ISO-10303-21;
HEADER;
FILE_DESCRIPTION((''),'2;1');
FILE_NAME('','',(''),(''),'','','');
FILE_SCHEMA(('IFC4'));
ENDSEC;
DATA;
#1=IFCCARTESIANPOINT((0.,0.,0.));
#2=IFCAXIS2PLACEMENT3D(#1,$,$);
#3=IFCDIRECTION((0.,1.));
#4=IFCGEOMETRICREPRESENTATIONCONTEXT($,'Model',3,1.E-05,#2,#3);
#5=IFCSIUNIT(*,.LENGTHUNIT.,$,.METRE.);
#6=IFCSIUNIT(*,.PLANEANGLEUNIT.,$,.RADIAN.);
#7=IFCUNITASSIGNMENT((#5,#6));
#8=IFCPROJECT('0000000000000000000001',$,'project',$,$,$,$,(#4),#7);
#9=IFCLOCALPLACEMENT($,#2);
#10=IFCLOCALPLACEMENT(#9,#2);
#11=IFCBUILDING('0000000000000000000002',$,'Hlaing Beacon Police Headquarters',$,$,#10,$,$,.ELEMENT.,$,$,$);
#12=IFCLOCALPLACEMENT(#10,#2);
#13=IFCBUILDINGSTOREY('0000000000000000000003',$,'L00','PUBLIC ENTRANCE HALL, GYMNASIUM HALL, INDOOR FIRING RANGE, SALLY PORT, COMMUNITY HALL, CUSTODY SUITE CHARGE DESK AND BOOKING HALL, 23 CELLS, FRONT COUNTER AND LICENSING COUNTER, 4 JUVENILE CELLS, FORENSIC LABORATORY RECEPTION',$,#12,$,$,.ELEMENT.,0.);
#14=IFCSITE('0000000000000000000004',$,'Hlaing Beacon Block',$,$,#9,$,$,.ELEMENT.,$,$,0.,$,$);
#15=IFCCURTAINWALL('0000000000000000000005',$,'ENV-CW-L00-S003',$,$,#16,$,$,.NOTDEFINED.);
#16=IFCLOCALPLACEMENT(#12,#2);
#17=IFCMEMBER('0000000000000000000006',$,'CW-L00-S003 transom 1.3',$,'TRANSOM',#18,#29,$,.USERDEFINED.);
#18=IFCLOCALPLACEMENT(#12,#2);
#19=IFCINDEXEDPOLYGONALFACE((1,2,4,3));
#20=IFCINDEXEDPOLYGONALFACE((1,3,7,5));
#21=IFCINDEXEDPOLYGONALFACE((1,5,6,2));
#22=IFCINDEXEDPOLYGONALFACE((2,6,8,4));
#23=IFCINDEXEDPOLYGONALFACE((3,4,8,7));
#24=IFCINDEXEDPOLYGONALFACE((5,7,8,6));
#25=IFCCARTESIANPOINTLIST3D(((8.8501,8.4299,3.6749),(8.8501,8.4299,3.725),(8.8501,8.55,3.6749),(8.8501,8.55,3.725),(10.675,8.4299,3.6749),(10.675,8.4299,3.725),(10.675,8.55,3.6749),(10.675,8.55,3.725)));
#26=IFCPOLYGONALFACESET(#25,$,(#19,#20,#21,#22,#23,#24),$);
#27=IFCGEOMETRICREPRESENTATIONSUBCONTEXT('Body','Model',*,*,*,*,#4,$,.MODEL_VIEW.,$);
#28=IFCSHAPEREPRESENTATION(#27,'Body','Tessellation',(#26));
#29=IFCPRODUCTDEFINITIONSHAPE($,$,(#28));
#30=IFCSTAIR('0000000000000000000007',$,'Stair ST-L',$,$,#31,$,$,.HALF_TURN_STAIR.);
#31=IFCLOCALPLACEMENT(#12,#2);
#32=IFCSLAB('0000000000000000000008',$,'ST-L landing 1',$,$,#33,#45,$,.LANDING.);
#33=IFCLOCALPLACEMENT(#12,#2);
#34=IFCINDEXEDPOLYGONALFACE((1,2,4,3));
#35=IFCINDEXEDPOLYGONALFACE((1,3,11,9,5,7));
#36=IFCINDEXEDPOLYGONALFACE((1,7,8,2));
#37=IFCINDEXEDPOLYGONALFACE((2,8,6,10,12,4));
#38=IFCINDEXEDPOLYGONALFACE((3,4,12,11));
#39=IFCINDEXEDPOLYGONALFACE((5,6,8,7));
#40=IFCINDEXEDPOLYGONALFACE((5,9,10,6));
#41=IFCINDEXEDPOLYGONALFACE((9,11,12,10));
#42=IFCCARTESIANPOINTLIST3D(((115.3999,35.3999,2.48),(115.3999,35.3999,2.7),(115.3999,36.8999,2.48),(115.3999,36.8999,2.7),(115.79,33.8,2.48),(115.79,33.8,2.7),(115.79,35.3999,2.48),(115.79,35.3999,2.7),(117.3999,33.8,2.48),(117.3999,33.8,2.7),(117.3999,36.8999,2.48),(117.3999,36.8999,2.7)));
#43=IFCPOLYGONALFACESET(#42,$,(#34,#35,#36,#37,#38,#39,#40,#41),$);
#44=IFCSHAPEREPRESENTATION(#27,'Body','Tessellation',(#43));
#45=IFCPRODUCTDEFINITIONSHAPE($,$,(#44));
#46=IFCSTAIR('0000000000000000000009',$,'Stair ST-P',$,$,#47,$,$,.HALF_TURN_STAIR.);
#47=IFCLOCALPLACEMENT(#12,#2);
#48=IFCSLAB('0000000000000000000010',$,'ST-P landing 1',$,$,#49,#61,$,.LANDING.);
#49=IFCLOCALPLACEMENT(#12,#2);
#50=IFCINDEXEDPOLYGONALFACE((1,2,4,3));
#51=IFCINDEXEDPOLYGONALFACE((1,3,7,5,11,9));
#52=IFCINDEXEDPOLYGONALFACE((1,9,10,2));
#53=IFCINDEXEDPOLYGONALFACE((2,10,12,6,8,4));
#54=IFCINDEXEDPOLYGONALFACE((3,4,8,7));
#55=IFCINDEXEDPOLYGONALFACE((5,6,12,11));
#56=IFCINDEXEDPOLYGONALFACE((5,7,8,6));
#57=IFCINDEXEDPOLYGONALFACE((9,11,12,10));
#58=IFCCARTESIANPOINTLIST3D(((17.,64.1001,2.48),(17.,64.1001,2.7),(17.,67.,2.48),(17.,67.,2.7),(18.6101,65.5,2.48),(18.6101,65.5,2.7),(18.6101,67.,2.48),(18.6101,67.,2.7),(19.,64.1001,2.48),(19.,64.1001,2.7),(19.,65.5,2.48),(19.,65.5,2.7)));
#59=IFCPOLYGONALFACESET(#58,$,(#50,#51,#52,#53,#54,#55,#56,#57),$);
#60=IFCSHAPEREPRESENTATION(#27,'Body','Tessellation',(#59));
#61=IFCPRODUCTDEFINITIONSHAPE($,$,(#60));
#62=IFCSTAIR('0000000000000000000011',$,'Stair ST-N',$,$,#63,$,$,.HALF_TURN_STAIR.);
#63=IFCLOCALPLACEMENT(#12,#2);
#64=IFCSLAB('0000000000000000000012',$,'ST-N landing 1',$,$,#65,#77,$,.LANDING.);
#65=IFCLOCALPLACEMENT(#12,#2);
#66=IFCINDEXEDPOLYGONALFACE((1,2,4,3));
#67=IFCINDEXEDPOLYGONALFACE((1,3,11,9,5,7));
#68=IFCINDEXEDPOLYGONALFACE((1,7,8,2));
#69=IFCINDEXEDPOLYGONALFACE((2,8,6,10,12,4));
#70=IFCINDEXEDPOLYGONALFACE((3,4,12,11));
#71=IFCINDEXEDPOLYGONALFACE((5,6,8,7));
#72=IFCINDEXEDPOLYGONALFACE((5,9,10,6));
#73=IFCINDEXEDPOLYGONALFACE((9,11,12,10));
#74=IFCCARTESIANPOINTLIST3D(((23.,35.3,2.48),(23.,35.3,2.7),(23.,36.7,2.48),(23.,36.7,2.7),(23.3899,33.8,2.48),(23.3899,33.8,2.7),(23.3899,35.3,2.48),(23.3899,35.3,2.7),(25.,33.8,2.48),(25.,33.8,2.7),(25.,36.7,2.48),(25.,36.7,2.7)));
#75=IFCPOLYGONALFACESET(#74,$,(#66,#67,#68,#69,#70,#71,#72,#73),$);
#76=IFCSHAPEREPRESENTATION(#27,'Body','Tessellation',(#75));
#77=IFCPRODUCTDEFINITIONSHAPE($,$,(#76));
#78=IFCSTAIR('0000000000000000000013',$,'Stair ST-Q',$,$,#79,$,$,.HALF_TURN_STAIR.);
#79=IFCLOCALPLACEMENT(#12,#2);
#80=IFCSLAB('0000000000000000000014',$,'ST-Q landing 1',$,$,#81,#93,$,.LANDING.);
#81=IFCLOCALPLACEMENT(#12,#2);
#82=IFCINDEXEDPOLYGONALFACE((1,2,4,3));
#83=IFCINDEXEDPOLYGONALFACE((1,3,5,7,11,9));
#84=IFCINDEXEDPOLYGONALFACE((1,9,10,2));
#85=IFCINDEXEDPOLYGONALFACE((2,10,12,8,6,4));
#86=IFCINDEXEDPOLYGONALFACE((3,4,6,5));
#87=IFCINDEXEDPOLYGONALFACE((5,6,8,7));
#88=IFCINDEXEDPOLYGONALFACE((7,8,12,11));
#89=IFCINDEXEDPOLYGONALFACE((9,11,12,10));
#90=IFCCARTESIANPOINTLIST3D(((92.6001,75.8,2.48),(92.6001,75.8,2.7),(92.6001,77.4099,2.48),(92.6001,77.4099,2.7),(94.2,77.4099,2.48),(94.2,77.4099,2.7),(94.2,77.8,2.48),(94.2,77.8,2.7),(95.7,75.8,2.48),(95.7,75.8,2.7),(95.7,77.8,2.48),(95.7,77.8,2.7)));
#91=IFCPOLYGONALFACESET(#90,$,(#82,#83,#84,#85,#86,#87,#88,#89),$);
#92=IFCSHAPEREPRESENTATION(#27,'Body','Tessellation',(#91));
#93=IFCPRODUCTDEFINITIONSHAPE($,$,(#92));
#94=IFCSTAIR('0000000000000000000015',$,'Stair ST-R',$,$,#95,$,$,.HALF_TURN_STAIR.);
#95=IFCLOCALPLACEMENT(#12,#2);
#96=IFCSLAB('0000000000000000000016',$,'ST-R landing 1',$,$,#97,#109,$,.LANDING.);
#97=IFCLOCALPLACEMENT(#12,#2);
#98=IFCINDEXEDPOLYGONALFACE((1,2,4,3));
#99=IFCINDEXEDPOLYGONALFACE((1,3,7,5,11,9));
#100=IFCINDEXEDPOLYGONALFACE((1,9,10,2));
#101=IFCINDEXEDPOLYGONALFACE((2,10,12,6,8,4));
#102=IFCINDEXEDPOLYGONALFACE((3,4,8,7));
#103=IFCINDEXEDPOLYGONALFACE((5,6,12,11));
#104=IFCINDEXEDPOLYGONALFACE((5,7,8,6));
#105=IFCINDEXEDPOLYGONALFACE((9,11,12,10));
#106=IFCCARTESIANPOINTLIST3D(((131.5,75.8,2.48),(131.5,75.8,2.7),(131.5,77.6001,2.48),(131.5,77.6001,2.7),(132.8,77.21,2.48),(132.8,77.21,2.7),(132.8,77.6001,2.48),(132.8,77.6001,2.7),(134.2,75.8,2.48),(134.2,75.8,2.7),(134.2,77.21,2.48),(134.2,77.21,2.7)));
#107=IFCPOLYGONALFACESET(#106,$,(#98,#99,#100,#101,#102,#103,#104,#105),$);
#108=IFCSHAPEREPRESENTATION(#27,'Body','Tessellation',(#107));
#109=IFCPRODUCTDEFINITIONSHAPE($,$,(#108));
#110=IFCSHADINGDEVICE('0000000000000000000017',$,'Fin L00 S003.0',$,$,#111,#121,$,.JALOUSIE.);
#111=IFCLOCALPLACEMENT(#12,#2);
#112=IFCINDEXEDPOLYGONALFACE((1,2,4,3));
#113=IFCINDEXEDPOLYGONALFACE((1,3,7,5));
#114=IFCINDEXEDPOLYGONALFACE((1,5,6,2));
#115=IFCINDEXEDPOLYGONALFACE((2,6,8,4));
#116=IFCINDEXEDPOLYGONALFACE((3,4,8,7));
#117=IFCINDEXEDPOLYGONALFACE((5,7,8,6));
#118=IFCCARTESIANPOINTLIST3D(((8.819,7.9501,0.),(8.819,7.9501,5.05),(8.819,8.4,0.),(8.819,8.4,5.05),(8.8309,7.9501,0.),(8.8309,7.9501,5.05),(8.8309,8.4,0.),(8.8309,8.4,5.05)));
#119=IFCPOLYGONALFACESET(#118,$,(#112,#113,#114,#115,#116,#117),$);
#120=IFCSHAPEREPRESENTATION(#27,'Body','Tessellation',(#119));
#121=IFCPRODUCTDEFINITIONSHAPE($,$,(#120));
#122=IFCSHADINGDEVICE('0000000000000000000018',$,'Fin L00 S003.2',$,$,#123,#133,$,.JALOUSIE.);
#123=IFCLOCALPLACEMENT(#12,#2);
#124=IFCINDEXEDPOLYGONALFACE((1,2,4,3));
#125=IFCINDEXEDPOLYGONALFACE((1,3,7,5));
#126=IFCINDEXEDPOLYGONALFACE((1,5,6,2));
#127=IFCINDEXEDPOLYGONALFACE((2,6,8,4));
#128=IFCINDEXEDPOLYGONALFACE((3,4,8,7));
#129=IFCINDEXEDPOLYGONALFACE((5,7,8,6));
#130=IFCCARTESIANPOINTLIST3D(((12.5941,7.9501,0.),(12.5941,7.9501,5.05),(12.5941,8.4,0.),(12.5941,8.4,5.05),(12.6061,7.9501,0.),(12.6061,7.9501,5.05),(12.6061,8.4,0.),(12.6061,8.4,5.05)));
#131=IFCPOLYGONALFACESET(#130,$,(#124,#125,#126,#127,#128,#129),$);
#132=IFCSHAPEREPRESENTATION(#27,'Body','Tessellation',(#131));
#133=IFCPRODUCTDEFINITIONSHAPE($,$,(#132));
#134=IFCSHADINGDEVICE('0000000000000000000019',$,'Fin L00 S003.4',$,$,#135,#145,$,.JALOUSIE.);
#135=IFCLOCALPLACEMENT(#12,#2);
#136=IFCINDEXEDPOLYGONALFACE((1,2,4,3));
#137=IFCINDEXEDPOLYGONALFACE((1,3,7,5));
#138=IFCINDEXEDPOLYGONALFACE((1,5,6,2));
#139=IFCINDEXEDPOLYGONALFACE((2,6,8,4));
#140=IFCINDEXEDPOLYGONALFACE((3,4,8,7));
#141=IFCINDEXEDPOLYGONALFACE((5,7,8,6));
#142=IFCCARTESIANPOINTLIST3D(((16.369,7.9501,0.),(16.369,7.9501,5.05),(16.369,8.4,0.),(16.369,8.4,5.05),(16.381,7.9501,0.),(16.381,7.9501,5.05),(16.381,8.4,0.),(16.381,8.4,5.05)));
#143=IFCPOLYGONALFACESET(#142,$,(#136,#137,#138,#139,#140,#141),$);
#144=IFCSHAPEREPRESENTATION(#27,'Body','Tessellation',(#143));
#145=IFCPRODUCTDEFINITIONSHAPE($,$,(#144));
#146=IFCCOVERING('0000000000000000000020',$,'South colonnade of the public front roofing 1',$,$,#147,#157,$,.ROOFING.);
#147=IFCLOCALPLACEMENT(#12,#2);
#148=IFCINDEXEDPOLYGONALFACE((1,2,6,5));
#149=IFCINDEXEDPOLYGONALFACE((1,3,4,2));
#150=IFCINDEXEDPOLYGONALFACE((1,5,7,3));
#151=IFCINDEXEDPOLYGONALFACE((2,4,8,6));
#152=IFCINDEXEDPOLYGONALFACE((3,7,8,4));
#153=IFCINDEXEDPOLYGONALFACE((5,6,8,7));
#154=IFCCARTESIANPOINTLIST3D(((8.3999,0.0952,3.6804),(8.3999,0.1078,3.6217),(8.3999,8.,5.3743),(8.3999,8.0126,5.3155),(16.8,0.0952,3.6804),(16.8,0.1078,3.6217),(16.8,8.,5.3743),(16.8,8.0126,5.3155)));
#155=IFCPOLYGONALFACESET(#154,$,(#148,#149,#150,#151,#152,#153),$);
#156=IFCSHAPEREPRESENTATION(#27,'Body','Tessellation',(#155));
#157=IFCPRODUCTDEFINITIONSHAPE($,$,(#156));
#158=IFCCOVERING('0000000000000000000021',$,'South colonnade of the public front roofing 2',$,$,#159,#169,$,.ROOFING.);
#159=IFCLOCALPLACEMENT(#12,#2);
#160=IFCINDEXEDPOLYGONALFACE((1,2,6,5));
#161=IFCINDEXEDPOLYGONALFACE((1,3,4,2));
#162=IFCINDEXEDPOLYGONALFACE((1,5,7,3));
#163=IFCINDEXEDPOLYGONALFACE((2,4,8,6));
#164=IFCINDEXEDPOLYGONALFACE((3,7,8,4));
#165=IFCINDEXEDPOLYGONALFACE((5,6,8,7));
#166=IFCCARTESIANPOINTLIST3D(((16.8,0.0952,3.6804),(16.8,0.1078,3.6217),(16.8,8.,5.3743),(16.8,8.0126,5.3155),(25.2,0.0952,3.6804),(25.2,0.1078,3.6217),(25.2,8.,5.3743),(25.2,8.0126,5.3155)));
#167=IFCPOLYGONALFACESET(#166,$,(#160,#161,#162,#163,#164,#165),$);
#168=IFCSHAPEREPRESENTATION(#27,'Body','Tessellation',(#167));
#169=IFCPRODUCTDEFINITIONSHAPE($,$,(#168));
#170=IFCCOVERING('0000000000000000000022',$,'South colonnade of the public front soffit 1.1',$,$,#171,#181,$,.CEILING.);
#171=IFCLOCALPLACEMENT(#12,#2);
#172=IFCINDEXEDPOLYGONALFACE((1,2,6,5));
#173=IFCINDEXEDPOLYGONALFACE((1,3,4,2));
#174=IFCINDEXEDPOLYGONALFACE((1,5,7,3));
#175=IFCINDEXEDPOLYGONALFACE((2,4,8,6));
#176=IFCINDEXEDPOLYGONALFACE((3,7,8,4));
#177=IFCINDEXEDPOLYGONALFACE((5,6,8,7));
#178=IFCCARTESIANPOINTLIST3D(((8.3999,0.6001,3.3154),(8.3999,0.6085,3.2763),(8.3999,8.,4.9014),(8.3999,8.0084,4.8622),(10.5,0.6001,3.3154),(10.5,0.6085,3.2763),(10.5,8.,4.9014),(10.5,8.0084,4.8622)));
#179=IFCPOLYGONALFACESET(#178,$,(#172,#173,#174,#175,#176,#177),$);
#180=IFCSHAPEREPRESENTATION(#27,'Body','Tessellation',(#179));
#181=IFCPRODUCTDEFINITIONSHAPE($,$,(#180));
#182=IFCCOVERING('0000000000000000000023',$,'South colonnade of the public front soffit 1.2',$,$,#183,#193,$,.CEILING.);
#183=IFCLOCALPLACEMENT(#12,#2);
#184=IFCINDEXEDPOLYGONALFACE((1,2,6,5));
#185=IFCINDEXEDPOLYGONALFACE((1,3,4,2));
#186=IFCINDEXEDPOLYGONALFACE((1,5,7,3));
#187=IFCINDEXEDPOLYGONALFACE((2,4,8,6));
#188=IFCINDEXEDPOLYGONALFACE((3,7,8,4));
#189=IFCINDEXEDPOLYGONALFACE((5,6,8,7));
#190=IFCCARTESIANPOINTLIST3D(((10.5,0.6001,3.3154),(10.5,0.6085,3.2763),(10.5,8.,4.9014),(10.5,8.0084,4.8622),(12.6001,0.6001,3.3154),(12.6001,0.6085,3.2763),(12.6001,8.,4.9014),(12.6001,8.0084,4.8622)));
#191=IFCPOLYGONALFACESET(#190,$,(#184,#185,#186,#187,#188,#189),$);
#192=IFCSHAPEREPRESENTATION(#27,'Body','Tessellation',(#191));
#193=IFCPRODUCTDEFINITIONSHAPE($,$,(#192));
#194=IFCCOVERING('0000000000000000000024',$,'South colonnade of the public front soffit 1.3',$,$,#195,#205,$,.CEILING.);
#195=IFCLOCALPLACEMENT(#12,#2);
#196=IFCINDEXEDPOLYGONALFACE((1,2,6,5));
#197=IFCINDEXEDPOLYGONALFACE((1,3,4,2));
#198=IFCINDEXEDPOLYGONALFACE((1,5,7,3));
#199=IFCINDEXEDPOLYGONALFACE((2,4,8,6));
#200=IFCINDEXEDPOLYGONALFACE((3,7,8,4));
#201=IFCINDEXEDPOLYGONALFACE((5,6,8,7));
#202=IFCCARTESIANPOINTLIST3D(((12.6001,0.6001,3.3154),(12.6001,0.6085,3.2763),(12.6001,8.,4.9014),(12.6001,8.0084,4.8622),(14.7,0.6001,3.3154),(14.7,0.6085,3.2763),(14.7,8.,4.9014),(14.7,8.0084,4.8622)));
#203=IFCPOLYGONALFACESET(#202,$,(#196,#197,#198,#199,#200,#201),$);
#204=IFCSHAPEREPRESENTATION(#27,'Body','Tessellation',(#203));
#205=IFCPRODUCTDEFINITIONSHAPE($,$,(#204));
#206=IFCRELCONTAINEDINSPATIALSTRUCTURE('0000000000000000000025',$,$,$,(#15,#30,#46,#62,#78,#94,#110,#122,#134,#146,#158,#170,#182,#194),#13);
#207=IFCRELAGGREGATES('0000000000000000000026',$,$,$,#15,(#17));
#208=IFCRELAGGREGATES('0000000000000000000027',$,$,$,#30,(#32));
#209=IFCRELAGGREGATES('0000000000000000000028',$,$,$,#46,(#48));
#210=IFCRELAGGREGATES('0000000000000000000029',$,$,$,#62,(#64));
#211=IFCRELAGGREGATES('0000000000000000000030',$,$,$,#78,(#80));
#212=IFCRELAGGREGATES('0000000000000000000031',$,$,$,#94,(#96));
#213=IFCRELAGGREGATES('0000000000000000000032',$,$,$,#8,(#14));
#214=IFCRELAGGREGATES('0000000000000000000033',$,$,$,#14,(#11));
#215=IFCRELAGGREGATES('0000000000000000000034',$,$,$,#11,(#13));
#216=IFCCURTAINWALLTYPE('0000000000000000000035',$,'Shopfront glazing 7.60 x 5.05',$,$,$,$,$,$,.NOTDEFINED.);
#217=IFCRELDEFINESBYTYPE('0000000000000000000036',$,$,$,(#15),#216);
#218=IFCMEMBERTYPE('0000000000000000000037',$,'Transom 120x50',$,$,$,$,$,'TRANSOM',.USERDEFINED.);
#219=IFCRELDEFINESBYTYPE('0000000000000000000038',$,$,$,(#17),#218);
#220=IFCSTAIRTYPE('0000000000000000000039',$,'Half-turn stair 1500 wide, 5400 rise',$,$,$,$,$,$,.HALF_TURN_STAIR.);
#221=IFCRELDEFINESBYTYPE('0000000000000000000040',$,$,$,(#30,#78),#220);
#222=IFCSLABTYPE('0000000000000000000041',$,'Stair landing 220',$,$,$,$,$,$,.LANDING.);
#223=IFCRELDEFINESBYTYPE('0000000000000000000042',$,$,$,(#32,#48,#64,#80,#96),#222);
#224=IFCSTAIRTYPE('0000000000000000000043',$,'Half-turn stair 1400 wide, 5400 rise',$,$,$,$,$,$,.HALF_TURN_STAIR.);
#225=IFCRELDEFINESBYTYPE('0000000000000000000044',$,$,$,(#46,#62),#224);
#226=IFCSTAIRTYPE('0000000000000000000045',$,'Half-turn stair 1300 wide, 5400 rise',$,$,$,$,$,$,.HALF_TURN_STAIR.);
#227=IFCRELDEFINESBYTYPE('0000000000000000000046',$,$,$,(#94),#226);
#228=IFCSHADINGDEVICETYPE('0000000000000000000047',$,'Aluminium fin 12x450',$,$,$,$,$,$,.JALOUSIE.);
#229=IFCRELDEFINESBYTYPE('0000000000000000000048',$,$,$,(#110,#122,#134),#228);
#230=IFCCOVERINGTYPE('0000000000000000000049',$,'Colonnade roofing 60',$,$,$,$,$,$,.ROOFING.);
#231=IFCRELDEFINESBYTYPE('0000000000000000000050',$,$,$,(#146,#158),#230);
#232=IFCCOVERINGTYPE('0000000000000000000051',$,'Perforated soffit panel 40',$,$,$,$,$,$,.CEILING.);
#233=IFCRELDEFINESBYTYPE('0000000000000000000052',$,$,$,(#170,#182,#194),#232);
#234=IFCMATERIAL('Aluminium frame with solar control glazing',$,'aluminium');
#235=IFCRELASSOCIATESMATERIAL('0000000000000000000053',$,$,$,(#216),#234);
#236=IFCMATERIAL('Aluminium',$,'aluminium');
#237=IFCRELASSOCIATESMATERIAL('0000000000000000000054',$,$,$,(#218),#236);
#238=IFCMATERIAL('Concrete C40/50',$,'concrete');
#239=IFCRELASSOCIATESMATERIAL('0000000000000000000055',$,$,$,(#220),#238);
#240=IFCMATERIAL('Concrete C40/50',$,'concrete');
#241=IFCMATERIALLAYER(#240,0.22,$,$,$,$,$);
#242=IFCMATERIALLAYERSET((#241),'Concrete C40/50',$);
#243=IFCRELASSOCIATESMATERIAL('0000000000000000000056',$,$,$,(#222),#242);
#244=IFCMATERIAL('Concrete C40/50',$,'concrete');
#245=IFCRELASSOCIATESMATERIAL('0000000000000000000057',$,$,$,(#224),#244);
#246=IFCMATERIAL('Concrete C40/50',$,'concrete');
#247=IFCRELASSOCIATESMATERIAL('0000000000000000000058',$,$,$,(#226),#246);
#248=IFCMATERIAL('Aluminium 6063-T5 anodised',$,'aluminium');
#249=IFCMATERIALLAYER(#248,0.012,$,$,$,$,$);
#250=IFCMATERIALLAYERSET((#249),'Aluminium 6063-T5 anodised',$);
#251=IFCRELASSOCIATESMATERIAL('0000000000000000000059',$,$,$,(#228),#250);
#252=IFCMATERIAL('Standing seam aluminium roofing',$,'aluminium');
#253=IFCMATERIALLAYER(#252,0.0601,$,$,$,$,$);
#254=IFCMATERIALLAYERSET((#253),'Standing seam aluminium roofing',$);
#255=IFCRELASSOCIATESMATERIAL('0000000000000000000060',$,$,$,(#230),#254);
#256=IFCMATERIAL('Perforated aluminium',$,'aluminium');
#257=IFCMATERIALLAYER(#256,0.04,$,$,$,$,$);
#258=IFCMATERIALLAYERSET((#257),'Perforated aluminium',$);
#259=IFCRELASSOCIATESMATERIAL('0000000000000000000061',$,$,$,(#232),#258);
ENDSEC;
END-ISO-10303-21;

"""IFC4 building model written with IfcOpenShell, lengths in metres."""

from ifc_helpers import new_model, si_unit, direction, frame, origin, origin_2d, place, context, subcontext, project, spatial, polyline, rectangle, outline, extrude, material, layer, layer_set, material_profile, profile_set, type_object, element, aggregate, save


model = new_model("IFC4")

# Units and contexts
model_context = context("Model", 3, precision=1e-05, world=origin(), true_north=direction((0.0, 1.0)))
body_context = subcontext(model_context, "Body", "Model", "MODEL_VIEW")
ifc_project = project(units=[si_unit("LENGTHUNIT", "METRE"), si_unit("PLANEANGLEUNIT", "RADIAN")], contexts=[model_context])

# Site, building, storey
site_placement = place(None, origin())
site = spatial("IfcSite", under=ifc_project, at=site_placement, Name="Hlaing Beacon Block", CompositionType="ELEMENT", RefElevation=0.0)
building_placement = place(site_placement, origin())
building = spatial("IfcBuilding", under=site, at=building_placement, Name="Hlaing Beacon Police Headquarters", CompositionType="ELEMENT")
storey_placement = place(building_placement, origin())
storey = spatial("IfcBuildingStorey", under=building, at=storey_placement, Name="L00", Description="PUBLIC ENTRANCE HALL, GYMNASIUM HALL, INDOOR FIRING RANGE, SALLY PORT, COMMUNITY HALL, CUSTODY SUITE CHARGE DESK AND BOOKING HALL, 23 CELLS, FRONT COUNTER AND LICENSING COUNTER, 4 JUVENILE CELLS, FORENSIC LABORATORY RECEPTION", CompositionType="ELEMENT", Elevation=0.0)

# Curtain wall, member
ifc_material_1 = material(Name="Aluminium frame with solar control glazing", Category="aluminium")
curtain_wall_type = type_object("IfcCurtainWallType", Name="Shopfront glazing 7.60 x 5.05", PredefinedType="NOTDEFINED", material=ifc_material_1)
curtain_wall_placement = place(storey_placement, origin())
curtain_wall = element("IfcCurtainWall", 1, at=curtain_wall_placement, inside=storey, type_object=curtain_wall_type, Name="ENV-CW-L00-S003", PredefinedType="NOTDEFINED")
ifc_material_2 = material(Name="Aluminium", Category="aluminium")
ifc_material_profile_1 = material_profile(ifc_material_2, rectangle(XDim=0.1201, YDim=0.05, at=origin_2d()), Name="Transom 120x50")
ifc_profile_set_1 = profile_set([ifc_material_profile_1], Name="Aluminium")
member_type_1 = type_object("IfcMemberType", Name="Transom 120x50", ElementType="TRANSOM", PredefinedType="USERDEFINED", material=ifc_profile_set_1)
member_1_placement = place(storey_placement, frame((8.8501, 8.49, 3.7), z_axis=(1.0, 0.0, 0.0), x_axis=(0.0, 1.0, 0.0)))
member_1 = element("IfcMember", 2, at=member_1_placement, type_object=member_type_1, Name="CW-L00-S003 transom 1.3", ObjectType="TRANSOM", PredefinedType="USERDEFINED", context=body_context, shape_type="SweptSolid", body=[
    extrude(rectangle(XDim=0.1201, YDim=0.05, at=origin_2d()), origin(), (0.0, 0.0, 1.0), 1.825),
])
aggregate(curtain_wall, [member_1])

# Stairs, slabs
ifc_material_3 = material(Name="Concrete C40/50", Category="concrete")
stair_type_1 = type_object("IfcStairType", Name="Half-turn stair 1500 wide, 5400 rise", PredefinedType="HALF_TURN_STAIR", material=ifc_material_3)
stair_1_placement = place(storey_placement, origin())
stair_1 = element("IfcStair", 3, at=stair_1_placement, inside=storey, type_object=stair_type_1, Name="Stair ST-L", PredefinedType="HALF_TURN_STAIR")
ifc_material_4 = material(Name="Concrete C40/50", Category="concrete")
ifc_layer_1 = layer(ifc_material_4, 0.22)
ifc_layer_set_1 = layer_set([ifc_layer_1], Name="Concrete C40/50")
slab_type = type_object("IfcSlabType", Name="Stair landing 220", PredefinedType="LANDING", material=ifc_layer_set_1)
slab_1_placement = place(storey_placement, frame((0.0, 0.0, 2.48)))
slab_1 = element("IfcSlab", 4, at=slab_1_placement, type_object=slab_type, Name="ST-L landing 1", PredefinedType="LANDING", context=body_context, shape_type="SweptSolid", body=[
    extrude(outline(polyline([(115.79, 33.8), (117.3999, 33.8), (117.3999, 36.8999), (115.3999, 36.8999), (115.3999, 35.3999), (115.79, 35.3999), (115.79, 33.8)])), origin(), (0.0, 0.0, 1.0), 0.22),
])
aggregate(stair_1, [slab_1])
ifc_material_5 = material(Name="Concrete C40/50", Category="concrete")
stair_type_2 = type_object("IfcStairType", Name="Half-turn stair 1400 wide, 5400 rise", PredefinedType="HALF_TURN_STAIR", material=ifc_material_5)
stair_2_placement = place(storey_placement, origin())
stair_2 = element("IfcStair", 5, at=stair_2_placement, inside=storey, type_object=stair_type_2, Name="Stair ST-P", PredefinedType="HALF_TURN_STAIR")
slab_2_placement = place(storey_placement, frame((0.0, 0.0, 2.48)))
slab_2 = element("IfcSlab", 6, at=slab_2_placement, type_object=slab_type, Name="ST-P landing 1", PredefinedType="LANDING", context=body_context, shape_type="SweptSolid", body=[
    extrude(outline(polyline([(18.6101, 67.0), (17.0, 67.0), (17.0, 64.1001), (19.0, 64.1001), (19.0, 65.5), (18.6101, 65.5), (18.6101, 67.0)])), origin(), (0.0, 0.0, 1.0), 0.22),
])
aggregate(stair_2, [slab_2])
stair_3_placement = place(storey_placement, origin())
stair_3 = element("IfcStair", 7, at=stair_3_placement, inside=storey, type_object=stair_type_2, Name="Stair ST-N", PredefinedType="HALF_TURN_STAIR")
slab_3_placement = place(storey_placement, frame((0.0, 0.0, 2.48)))
slab_3 = element("IfcSlab", 8, at=slab_3_placement, type_object=slab_type, Name="ST-N landing 1", PredefinedType="LANDING", context=body_context, shape_type="SweptSolid", body=[
    extrude(outline(polyline([(23.3899, 33.8), (25.0, 33.8), (25.0, 36.7), (23.0, 36.7), (23.0, 35.3), (23.3899, 35.3), (23.3899, 33.8)])), origin(), (0.0, 0.0, 1.0), 0.22),
])
aggregate(stair_3, [slab_3])
stair_4_placement = place(storey_placement, origin())
stair_4 = element("IfcStair", 9, at=stair_4_placement, inside=storey, type_object=stair_type_1, Name="Stair ST-Q", PredefinedType="HALF_TURN_STAIR")
slab_4_placement = place(storey_placement, frame((0.0, 0.0, 2.48)))
slab_4 = element("IfcSlab", 10, at=slab_4_placement, type_object=slab_type, Name="ST-Q landing 1", PredefinedType="LANDING", context=body_context, shape_type="SweptSolid", body=[
    extrude(outline(polyline([(92.6001, 77.4099), (92.6001, 75.8), (95.7, 75.8), (95.7, 77.8), (94.2, 77.8), (94.2, 77.4099), (92.6001, 77.4099)])), origin(), (0.0, 0.0, 1.0), 0.22),
])
aggregate(stair_4, [slab_4])
ifc_material_6 = material(Name="Concrete C40/50", Category="concrete")
stair_type_3 = type_object("IfcStairType", Name="Half-turn stair 1300 wide, 5400 rise", PredefinedType="HALF_TURN_STAIR", material=ifc_material_6)
stair_5_placement = place(storey_placement, origin())
stair_5 = element("IfcStair", 11, at=stair_5_placement, inside=storey, type_object=stair_type_3, Name="Stair ST-R", PredefinedType="HALF_TURN_STAIR")
slab_5_placement = place(storey_placement, frame((0.0, 0.0, 2.48)))
slab_5 = element("IfcSlab", 12, at=slab_5_placement, type_object=slab_type, Name="ST-R landing 1", PredefinedType="LANDING", context=body_context, shape_type="SweptSolid", body=[
    extrude(outline(polyline([(134.2, 77.21), (134.2, 75.8), (131.5, 75.8), (131.5, 77.6001), (132.8, 77.6001), (132.8, 77.21), (134.2, 77.21)])), origin(), (0.0, 0.0, 1.0), 0.22),
])
aggregate(stair_5, [slab_5])

# Shading devices
ifc_material_7 = material(Name="Aluminium 6063-T5 anodised", Category="aluminium")
ifc_layer_2 = layer(ifc_material_7, 0.012)
ifc_layer_set_2 = layer_set([ifc_layer_2], Name="Aluminium 6063-T5 anodised")
shading_device_type = type_object("IfcShadingDeviceType", Name="Aluminium fin 12x450", PredefinedType="JALOUSIE", material=ifc_layer_set_2)
for number, where, z_axis, x_axis, name in (
    (13, (8.825, 8.175, 0.0), (0.0, 0.0, 1.0), (1.0, 0.0, 0.0), "Fin L00 S003.0"),
    (14, (12.6001, 8.175, 0.0), (0.0, 0.0, 1.0), (1.0, 0.0, 0.0), "Fin L00 S003.2"),
    (15, (16.375, 8.175, 0.0), (0.0, 0.0, 1.0), (1.0, 0.0, 0.0), "Fin L00 S003.4"),
):
    element("IfcShadingDevice", number, at=place(storey_placement, frame(where, z_axis=z_axis, x_axis=x_axis)), inside=storey, type_object=shading_device_type, Name=name, PredefinedType="JALOUSIE", context=body_context, shape_type="SweptSolid", body=[
        extrude(rectangle(XDim=0.012, YDim=0.45, at=origin_2d()), origin(), (0.0, 0.0, 1.0), 5.05),
    ])

# Coverings
ifc_material_8 = material(Name="Standing seam aluminium roofing", Category="aluminium")
ifc_layer_3 = layer(ifc_material_8, 0.0601)
ifc_layer_set_3 = layer_set([ifc_layer_3], Name="Standing seam aluminium roofing")
covering_type_1 = type_object("IfcCoveringType", Name="Colonnade roofing 60", PredefinedType="ROOFING", material=ifc_layer_set_3)
covering_1_placement = place(storey_placement, frame((8.3999, 0.0952, 3.6804), z_axis=(0.0, -0.209525, 0.977803), x_axis=(1.0, 0.0, 0.0)))
element("IfcCovering", 16, at=covering_1_placement, inside=storey, type_object=covering_type_1, Name="South colonnade of the public front roofing 1", PredefinedType="ROOFING", context=body_context, shape_type="SweptSolid", body=[
    extrude(outline(polyline([(0.0, 0.0), (8.4001, 0.0), (8.4001, 8.0842), (0.0, 8.0842), (0.0, 0.0)])), origin(), (0.0, 0.0, -1.0), 0.0601),
])
covering_2_placement = place(storey_placement, frame((16.8, 0.0952, 3.6804), z_axis=(0.0, -0.209525, 0.977803), x_axis=(1.0, 0.0, 0.0)))
element("IfcCovering", 17, at=covering_2_placement, inside=storey, type_object=covering_type_1, Name="South colonnade of the public front roofing 2", PredefinedType="ROOFING", context=body_context, shape_type="SweptSolid", body=[
    extrude(outline(polyline([(0.0, 0.0), (8.3999, 0.0), (8.3999, 8.0842), (0.0, 8.0842), (0.0, 0.0)])), origin(), (0.0, 0.0, -1.0), 0.0601),
])
ifc_material_9 = material(Name="Perforated aluminium", Category="aluminium")
ifc_layer_4 = layer(ifc_material_9, 0.04)
ifc_layer_set_4 = layer_set([ifc_layer_4], Name="Perforated aluminium")
covering_type_2 = type_object("IfcCoveringType", Name="Perforated soffit panel 40", PredefinedType="CEILING", material=ifc_layer_set_4)
for number, where, z_axis, x_axis, name in (
    (18, (8.3999, 0.6001, 3.3154), (0.0, -0.20956, 0.977796), (1.0, 0.0, 0.0), "South colonnade of the public front soffit 1.1"),
    (19, (10.5, 0.6001, 3.3154), (0.0, -0.20956, 0.977796), (1.0, 0.0, 0.0), "South colonnade of the public front soffit 1.2"),
):
    element("IfcCovering", number, at=place(storey_placement, frame(where, z_axis=z_axis, x_axis=x_axis)), inside=storey, type_object=covering_type_2, Name=name, PredefinedType="CEILING", context=body_context, shape_type="SweptSolid", body=[
        extrude(outline(polyline([(0.0, 0.0), (2.1001, 0.0), (2.1001, 7.5679), (0.0, 7.5679), (0.0, 0.0)])), origin(), (0.0, 0.0, -1.0), 0.04),
    ])
covering_3_placement = place(storey_placement, frame((12.6001, 0.6001, 3.3154), z_axis=(0.0, -0.20956, 0.977796), x_axis=(1.0, 0.0, 0.0)))
element("IfcCovering", 20, at=covering_3_placement, inside=storey, type_object=covering_type_2, Name="South colonnade of the public front soffit 1.3", PredefinedType="CEILING", context=body_context, shape_type="SweptSolid", body=[
    extrude(outline(polyline([(0.0, 0.0), (2.0999, 0.0), (2.0999, 7.5679), (0.0, 7.5679), (0.0, 0.0)])), origin(), (0.0, 0.0, -1.0), 0.04),
])

save(model, "model.ifc")
